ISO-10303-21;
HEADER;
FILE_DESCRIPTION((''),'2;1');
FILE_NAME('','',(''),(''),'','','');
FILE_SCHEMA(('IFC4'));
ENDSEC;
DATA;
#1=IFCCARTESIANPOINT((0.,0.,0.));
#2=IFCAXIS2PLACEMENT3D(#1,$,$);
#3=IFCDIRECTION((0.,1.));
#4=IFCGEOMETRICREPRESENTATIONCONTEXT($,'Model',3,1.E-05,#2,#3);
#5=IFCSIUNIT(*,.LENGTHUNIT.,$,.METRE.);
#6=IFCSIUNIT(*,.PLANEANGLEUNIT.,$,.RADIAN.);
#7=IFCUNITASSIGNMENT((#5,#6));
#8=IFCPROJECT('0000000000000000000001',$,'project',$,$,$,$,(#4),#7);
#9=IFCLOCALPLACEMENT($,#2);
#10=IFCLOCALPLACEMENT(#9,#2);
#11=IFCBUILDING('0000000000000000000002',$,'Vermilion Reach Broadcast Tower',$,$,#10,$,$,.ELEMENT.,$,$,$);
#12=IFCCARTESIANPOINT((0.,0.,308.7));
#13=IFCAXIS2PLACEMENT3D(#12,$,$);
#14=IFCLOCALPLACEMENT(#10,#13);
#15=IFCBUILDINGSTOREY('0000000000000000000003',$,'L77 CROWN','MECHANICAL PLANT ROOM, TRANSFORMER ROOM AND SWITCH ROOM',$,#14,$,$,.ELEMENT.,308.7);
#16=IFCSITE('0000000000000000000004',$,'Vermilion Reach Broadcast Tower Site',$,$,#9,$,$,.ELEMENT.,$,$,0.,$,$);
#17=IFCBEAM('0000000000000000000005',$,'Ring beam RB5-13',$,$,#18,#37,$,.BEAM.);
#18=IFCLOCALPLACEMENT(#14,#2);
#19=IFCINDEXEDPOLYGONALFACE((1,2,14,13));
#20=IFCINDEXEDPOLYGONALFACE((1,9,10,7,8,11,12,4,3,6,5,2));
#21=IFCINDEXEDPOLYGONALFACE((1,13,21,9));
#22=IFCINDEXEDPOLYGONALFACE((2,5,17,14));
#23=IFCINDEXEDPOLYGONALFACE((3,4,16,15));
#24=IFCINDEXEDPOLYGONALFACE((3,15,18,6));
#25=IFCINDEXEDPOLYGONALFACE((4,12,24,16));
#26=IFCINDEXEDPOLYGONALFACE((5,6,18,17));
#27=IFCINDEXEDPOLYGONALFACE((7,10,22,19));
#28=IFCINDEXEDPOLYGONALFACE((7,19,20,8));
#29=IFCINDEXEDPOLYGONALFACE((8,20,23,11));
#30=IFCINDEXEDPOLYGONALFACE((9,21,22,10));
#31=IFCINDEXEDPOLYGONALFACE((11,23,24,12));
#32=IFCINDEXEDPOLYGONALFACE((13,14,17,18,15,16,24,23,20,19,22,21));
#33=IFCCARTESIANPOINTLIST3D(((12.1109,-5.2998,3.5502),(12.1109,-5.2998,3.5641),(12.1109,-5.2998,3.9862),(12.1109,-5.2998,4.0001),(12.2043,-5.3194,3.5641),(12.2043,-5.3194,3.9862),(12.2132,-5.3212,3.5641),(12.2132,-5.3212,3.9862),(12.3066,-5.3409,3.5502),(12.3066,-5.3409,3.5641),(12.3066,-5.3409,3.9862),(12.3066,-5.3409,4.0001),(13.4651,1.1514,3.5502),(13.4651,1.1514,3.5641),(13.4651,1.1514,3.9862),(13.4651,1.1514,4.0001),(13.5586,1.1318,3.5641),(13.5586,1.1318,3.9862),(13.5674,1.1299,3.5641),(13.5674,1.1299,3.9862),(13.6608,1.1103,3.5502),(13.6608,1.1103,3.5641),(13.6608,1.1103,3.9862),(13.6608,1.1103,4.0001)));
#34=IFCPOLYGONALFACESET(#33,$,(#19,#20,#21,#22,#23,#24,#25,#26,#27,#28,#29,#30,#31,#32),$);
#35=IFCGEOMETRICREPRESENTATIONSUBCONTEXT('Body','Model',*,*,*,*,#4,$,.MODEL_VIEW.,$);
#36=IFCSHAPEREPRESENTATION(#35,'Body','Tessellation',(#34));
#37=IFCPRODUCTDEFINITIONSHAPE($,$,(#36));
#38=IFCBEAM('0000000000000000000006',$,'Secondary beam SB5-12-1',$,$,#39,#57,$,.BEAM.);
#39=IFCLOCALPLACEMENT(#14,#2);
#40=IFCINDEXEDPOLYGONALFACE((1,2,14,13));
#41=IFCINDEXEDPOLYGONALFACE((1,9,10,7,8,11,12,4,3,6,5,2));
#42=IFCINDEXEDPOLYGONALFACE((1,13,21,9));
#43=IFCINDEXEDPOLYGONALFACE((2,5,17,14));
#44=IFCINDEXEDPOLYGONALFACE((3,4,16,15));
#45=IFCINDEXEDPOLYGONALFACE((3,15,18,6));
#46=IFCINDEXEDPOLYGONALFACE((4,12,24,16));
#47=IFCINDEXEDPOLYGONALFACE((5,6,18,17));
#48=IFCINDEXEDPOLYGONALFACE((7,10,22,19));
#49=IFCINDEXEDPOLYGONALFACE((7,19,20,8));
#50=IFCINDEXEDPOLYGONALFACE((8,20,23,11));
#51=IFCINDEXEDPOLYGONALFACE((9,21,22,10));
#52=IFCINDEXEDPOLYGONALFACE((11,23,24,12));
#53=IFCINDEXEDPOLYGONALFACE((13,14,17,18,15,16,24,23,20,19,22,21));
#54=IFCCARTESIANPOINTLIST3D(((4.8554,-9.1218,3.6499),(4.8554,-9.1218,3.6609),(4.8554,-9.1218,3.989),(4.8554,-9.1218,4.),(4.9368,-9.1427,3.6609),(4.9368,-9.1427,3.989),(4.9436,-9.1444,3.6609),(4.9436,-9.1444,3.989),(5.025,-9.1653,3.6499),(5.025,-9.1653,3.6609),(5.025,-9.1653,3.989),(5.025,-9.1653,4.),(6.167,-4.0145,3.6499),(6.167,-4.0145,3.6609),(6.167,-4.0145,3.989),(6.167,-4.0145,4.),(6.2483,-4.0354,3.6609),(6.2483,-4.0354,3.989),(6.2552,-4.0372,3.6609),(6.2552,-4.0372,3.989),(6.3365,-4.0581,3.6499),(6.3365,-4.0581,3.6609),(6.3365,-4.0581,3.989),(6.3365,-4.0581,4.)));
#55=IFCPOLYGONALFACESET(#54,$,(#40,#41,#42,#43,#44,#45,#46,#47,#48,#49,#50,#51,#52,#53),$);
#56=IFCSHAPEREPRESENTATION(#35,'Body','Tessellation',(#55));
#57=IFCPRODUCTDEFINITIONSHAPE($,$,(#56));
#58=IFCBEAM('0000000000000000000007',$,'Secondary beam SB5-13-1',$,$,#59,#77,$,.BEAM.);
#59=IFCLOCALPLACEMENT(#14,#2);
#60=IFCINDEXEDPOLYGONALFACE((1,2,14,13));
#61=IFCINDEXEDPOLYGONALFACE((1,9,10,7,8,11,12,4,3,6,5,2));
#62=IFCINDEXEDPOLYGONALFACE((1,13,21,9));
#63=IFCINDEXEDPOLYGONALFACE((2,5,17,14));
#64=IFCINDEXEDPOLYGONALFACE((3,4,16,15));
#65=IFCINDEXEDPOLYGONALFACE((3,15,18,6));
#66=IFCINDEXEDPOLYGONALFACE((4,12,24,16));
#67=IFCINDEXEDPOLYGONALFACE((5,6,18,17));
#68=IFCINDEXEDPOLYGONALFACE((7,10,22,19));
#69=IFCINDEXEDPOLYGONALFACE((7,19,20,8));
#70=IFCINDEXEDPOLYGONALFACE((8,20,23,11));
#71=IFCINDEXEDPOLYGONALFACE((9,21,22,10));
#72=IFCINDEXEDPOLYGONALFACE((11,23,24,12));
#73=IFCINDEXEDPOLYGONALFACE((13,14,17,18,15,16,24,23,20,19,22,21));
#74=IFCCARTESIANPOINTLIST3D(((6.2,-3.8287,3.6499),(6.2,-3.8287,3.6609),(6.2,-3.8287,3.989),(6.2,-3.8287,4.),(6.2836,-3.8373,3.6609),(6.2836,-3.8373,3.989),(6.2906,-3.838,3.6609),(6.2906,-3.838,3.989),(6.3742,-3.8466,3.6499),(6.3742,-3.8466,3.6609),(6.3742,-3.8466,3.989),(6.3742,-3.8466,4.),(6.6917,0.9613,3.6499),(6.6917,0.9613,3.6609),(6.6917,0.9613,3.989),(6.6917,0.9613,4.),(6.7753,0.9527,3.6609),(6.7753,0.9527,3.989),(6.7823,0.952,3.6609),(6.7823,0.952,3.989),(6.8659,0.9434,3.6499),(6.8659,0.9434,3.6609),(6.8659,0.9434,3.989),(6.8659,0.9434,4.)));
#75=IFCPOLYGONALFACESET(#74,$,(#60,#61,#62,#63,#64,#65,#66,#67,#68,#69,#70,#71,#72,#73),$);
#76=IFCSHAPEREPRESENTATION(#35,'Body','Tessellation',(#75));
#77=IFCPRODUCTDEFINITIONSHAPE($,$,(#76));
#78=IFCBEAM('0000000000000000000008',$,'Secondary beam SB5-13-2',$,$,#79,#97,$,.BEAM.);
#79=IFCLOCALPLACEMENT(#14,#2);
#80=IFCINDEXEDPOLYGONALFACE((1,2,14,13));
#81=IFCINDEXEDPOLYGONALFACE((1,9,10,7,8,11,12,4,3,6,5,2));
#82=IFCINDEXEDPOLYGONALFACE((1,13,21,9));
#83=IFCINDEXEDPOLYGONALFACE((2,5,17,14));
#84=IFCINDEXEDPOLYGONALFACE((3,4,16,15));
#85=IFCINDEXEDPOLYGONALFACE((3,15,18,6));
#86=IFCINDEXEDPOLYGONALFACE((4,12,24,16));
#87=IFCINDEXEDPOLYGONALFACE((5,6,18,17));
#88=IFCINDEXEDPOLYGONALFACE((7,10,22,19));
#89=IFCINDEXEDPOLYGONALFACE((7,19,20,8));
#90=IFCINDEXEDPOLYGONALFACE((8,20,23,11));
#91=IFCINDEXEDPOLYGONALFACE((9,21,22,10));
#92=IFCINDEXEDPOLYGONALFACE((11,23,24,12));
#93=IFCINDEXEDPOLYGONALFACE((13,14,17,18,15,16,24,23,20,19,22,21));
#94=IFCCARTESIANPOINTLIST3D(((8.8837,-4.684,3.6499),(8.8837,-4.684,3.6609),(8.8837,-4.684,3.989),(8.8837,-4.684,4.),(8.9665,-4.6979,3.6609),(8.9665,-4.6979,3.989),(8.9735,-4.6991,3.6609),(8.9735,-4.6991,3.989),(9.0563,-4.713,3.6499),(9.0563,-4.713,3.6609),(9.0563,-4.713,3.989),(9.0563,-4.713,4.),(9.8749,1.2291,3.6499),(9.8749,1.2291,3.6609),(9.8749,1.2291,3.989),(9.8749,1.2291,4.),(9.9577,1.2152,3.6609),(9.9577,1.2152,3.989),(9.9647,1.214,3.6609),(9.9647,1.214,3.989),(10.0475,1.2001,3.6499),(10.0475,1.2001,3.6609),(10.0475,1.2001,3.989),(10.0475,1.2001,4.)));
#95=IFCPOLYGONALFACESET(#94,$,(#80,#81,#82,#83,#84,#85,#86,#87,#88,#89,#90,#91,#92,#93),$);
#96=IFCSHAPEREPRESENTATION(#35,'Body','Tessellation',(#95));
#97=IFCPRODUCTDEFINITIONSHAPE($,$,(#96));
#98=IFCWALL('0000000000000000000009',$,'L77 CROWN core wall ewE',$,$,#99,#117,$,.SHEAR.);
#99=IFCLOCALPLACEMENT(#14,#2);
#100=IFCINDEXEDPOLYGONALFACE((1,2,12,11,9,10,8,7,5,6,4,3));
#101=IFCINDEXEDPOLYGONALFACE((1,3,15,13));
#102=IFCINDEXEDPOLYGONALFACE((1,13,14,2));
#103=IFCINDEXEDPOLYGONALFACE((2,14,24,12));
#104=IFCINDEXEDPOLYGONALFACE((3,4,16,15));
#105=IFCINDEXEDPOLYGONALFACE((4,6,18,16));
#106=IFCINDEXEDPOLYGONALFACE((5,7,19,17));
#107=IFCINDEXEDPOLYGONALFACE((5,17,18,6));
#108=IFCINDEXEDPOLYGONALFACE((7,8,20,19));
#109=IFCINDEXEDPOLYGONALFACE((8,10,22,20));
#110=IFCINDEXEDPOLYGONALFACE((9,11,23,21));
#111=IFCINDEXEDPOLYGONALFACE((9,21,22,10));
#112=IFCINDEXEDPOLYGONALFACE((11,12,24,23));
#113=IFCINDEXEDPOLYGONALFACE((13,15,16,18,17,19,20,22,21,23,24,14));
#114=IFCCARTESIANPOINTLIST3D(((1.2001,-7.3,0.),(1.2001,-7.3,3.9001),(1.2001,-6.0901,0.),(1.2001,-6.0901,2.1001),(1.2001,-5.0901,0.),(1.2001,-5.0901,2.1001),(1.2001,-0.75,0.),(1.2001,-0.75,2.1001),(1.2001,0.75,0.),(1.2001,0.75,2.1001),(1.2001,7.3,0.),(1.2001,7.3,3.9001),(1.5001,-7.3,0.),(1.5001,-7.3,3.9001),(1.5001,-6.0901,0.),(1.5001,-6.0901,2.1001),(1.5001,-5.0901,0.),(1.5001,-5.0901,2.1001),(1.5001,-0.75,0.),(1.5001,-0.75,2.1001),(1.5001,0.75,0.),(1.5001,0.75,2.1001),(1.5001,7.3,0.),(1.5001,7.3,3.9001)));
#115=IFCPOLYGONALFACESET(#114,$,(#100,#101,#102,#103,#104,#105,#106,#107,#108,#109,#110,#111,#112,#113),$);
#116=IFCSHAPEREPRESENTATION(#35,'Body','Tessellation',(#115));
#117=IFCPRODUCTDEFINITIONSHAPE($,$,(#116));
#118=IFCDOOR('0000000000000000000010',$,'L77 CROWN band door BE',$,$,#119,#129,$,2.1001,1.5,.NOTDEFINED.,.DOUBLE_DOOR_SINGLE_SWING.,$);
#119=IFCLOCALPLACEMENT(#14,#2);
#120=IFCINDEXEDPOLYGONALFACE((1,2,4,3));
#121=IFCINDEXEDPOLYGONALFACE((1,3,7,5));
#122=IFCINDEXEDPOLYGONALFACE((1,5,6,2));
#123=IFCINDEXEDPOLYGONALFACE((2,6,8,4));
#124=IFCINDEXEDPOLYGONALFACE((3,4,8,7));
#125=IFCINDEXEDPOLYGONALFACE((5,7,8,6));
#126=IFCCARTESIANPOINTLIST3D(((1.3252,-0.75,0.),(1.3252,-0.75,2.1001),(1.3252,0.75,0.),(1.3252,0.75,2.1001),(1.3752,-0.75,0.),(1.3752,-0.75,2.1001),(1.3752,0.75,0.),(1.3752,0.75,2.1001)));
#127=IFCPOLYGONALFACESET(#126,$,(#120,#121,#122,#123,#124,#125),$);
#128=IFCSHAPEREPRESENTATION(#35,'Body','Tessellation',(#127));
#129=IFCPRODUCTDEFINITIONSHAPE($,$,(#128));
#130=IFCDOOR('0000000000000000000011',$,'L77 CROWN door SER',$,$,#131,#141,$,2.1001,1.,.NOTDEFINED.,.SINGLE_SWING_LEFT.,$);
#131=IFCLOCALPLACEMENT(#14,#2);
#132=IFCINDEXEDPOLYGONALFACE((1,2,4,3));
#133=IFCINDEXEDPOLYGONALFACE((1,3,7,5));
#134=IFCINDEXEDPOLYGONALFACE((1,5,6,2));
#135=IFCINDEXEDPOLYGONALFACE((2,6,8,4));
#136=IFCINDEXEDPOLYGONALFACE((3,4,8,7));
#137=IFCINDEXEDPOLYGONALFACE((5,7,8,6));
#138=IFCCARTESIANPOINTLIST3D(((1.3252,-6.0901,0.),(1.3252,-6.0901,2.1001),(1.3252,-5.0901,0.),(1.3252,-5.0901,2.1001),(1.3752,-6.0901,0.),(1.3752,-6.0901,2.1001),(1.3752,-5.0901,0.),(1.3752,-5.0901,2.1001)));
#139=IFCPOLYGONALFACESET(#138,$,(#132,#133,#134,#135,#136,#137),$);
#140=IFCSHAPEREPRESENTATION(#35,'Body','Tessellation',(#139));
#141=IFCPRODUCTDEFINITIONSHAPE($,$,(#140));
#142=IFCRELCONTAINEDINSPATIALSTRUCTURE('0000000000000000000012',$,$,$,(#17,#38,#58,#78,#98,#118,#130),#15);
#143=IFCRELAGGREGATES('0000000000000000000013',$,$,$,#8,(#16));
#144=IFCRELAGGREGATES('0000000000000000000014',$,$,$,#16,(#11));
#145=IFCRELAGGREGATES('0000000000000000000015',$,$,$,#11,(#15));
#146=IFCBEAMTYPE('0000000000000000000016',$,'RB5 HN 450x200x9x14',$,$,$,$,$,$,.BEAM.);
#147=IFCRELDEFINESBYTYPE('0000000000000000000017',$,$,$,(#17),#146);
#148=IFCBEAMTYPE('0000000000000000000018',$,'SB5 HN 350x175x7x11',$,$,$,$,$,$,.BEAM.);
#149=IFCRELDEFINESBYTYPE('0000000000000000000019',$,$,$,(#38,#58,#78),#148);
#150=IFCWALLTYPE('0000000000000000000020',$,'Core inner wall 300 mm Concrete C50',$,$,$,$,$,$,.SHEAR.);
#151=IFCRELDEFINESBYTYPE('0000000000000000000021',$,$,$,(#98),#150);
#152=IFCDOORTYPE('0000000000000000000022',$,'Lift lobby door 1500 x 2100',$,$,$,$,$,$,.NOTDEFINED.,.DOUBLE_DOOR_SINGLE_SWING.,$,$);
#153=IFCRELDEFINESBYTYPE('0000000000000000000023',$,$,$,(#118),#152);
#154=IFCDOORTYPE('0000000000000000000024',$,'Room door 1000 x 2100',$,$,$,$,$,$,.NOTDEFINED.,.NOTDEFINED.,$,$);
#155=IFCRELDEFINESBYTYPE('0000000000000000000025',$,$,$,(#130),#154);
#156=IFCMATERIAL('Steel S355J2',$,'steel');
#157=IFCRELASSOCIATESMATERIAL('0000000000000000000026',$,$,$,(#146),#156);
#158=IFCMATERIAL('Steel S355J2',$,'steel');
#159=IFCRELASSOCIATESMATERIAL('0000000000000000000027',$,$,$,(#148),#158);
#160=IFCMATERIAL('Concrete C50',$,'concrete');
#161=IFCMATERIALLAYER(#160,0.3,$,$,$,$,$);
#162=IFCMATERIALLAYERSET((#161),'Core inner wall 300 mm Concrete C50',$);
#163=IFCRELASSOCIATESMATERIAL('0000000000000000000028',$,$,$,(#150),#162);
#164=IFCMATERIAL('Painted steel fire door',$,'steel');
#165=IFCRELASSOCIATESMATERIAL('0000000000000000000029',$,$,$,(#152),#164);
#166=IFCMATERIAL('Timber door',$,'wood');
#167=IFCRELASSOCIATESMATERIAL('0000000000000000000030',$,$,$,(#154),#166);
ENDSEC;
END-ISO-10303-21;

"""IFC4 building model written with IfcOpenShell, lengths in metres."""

from ifc_helpers import new_model, si_unit, direction, frame, frame_2d, origin, origin_2d, place, context, subcontext, project, spatial, rectangle, i_section, extrude, material, layer, layer_set, material_profile, profile_set, type_object, element, fill, save


model = new_model("IFC4")

# Units and contexts
model_context = context("Model", 3, precision=1e-05, world=origin(), true_north=direction((0.0, 1.0)))
body_context = subcontext(model_context, "Body", "Model", "MODEL_VIEW")
ifc_project = project(units=[si_unit("LENGTHUNIT", "METRE"), si_unit("PLANEANGLEUNIT", "RADIAN")], contexts=[model_context])

# Site, building, storey
site_placement = place(None, origin())
site = spatial("IfcSite", under=ifc_project, at=site_placement, Name="Vermilion Reach Broadcast Tower Site", CompositionType="ELEMENT", RefElevation=0.0)
building_placement = place(site_placement, origin())
building = spatial("IfcBuilding", under=site, at=building_placement, Name="Vermilion Reach Broadcast Tower", CompositionType="ELEMENT")
storey_placement = place(building_placement, frame((0.0, 0.0, 308.7)))
storey = spatial("IfcBuildingStorey", under=building, at=storey_placement, Name="L77 CROWN", Description="MECHANICAL PLANT ROOM, TRANSFORMER ROOM AND SWITCH ROOM", CompositionType="ELEMENT", Elevation=308.7)

# Beams
ifc_material_1 = material(Name="Steel S355J2", Category="steel")
ifc_material_profile_1 = material_profile(ifc_material_1, i_section(OverallWidth=0.2, OverallDepth=0.45, WebThickness=0.009, FlangeThickness=0.0139, at=origin_2d()), Name="S355J2 HN 450x200x9x14")
ifc_profile_set_1 = profile_set([ifc_material_profile_1], Name="Steel S355J2")
beam_type_1 = type_object("IfcBeamType", Name="RB5 HN 450x200x9x14", PredefinedType="BEAM", material=ifc_profile_set_1)
beam_1_placement = place(storey_placement, frame((12.2087, -5.3203, 3.7751), z_axis=(0.205445, 0.978669, 0.0), x_axis=(-0.978669, 0.205445, 0.0)))
element("IfcBeam", 1, at=beam_1_placement, inside=storey, type_object=beam_type_1, Name="Ring beam RB5-13", PredefinedType="BEAM", context=body_context, shape_type="SweptSolid", body=[
    extrude(i_section(OverallWidth=0.2, OverallDepth=0.45, WebThickness=0.009, FlangeThickness=0.0139, at=origin_2d()), origin(), (0.0, 0.0, 1.0), 6.5918),
])
ifc_material_2 = material(Name="Steel S355J2", Category="steel")
ifc_material_profile_2 = material_profile(ifc_material_2, i_section(OverallWidth=0.175, OverallDepth=0.3501, WebThickness=0.0071, FlangeThickness=0.011, at=origin_2d()), Name="S355J2 HN 350x175x7x11")
ifc_profile_set_2 = profile_set([ifc_material_profile_2], Name="Steel S355J2")
beam_type_2 = type_object("IfcBeamType", Name="SB5 HN 350x175x7x11", PredefinedType="BEAM", material=ifc_profile_set_2)
beam_2_placement = place(storey_placement, frame((4.9402, -9.1436, 3.825), z_axis=(0.24873, 0.968573, 0.0), x_axis=(-0.968573, 0.24873, 0.0)))
element("IfcBeam", 2, at=beam_2_placement, inside=storey, type_object=beam_type_2, Name="Secondary beam SB5-12-1", PredefinedType="BEAM", context=body_context, shape_type="SweptSolid", body=[
    extrude(i_section(OverallWidth=0.175, OverallDepth=0.3501, WebThickness=0.0071, FlangeThickness=0.011, at=origin_2d()), origin(), (0.0, 0.0, 1.0), 5.2729),
])
beam_3_placement = place(storey_placement, frame((6.2871, -3.8376, 3.825), z_axis=(0.102114, 0.994773, 0.0), x_axis=(-0.994773, 0.102114, 0.0)))
element("IfcBeam", 3, at=beam_3_placement, inside=storey, type_object=beam_type_2, Name="Secondary beam SB5-13-1", PredefinedType="BEAM", context=body_context, shape_type="SweptSolid", body=[
    extrude(i_section(OverallWidth=0.175, OverallDepth=0.3501, WebThickness=0.0071, FlangeThickness=0.011, at=origin_2d()), origin(), (0.0, 0.0, 1.0), 4.8152),
])
beam_4_placement = place(storey_placement, frame((8.97, -4.6985, 3.825), z_axis=(0.165323, 0.986239, 0.0), x_axis=(-0.986239, 0.165323, 0.0)))
element("IfcBeam", 4, at=beam_4_placement, inside=storey, type_object=beam_type_2, Name="Secondary beam SB5-13-2", PredefinedType="BEAM", context=body_context, shape_type="SweptSolid", body=[
    extrude(i_section(OverallWidth=0.175, OverallDepth=0.3501, WebThickness=0.0071, FlangeThickness=0.011, at=origin_2d()), origin(), (0.0, 0.0, 1.0), 5.9956),
])

# Wall, openings, doors
ifc_material_3 = material(Name="Concrete C50", Category="concrete")
ifc_layer_1 = layer(ifc_material_3, 0.3)
ifc_layer_set_1 = layer_set([ifc_layer_1], Name="Core inner wall 300 mm Concrete C50")
wall_type_1 = type_object("IfcWallType", Name="Core inner wall 300 mm Concrete C50", PredefinedType="SHEAR", material=ifc_layer_set_1)
wall_1_placement = place(storey_placement, frame((1.3501, -7.3, 0.0), z_axis=(0.0, 0.0, 1.0), x_axis=(0.0, 1.0, 0.0)))
wall_1 = element("IfcWall", 5, at=wall_1_placement, inside=storey, type_object=wall_type_1, Name="L77 CROWN core wall ewE", PredefinedType="SHEAR", context=body_context, shape_type="SweptSolid", body=[
    extrude(rectangle(XDim=14.6001, YDim=0.3, at=frame_2d((7.3, 0.0))), origin(), (0.0, 0.0, 1.0), 3.9001),
])
opening_1_placement = place(wall_1_placement, frame((1.21, 0.0, 0.0)))
opening_1 = element("IfcOpeningElement", 6, at=opening_1_placement, cuts=wall_1, PredefinedType="OPENING", context=body_context, shape_type="SweptSolid", body=[
    extrude(rectangle(XDim=1.0, YDim=2.1001, at=frame_2d((0.5, 1.05))), frame((0.0, 0.1599, 0.0), z_axis=(0.0, -1.0, 0.0), x_axis=(1.0, 0.0, 0.0)), (0.0, 0.0, 1.0), 0.3201),
])
opening_2_placement = place(wall_1_placement, frame((6.55, 0.0, 0.0)))
opening_2 = element("IfcOpeningElement", 7, at=opening_2_placement, cuts=wall_1, PredefinedType="OPENING", context=body_context, shape_type="SweptSolid", body=[
    extrude(rectangle(XDim=1.5, YDim=2.1001, at=frame_2d((0.75, 1.05))), frame((0.0, 0.1599, 0.0), z_axis=(0.0, -1.0, 0.0), x_axis=(1.0, 0.0, 0.0)), (0.0, 0.0, 1.0), 0.3201),
])
ifc_material_4 = material(Name="Painted steel fire door", Category="steel")
door_type_1 = type_object("IfcDoorType", Name="Lift lobby door 1500 x 2100", OperationType="DOUBLE_DOOR_SINGLE_SWING", PredefinedType="NOTDEFINED", material=ifc_material_4)
door_1_placement = place(opening_2_placement, origin())
door_1 = element("IfcDoor", 8, at=door_1_placement, inside=storey, type_object=door_type_1, Name="L77 CROWN band door BE", OperationType="DOUBLE_DOOR_SINGLE_SWING", OverallHeight=2.1001, OverallWidth=1.5, PredefinedType="NOTDEFINED", context=body_context, shape_type="SweptSolid", body=[
    extrude(rectangle(XDim=1.5, YDim=2.1001, at=frame_2d((0.75, 1.05))), frame((0.0, 0.0249, 0.0), z_axis=(0.0, -1.0, 0.0), x_axis=(1.0, 0.0, 0.0)), (0.0, 0.0, 1.0), 0.05),
])
fill(opening_2, door_1)
ifc_material_5 = material(Name="Timber door", Category="wood")
door_type_2 = type_object("IfcDoorType", Name="Room door 1000 x 2100", OperationType="NOTDEFINED", PredefinedType="NOTDEFINED", material=ifc_material_5)
door_2_placement = place(opening_1_placement, origin())
door_2 = element("IfcDoor", 9, at=door_2_placement, inside=storey, type_object=door_type_2, Name="L77 CROWN door SER", OperationType="SINGLE_SWING_LEFT", OverallHeight=2.1001, OverallWidth=1.0, PredefinedType="NOTDEFINED", context=body_context, shape_type="SweptSolid", body=[
    extrude(rectangle(XDim=1.0, YDim=2.1001, at=frame_2d((0.5, 1.05))), frame((0.0, 0.0249, 0.0), z_axis=(0.0, -1.0, 0.0), x_axis=(1.0, 0.0, 0.0)), (0.0, 0.0, 1.0), 0.05),
])
fill(opening_1, door_2)

save(model, "model.ifc")
